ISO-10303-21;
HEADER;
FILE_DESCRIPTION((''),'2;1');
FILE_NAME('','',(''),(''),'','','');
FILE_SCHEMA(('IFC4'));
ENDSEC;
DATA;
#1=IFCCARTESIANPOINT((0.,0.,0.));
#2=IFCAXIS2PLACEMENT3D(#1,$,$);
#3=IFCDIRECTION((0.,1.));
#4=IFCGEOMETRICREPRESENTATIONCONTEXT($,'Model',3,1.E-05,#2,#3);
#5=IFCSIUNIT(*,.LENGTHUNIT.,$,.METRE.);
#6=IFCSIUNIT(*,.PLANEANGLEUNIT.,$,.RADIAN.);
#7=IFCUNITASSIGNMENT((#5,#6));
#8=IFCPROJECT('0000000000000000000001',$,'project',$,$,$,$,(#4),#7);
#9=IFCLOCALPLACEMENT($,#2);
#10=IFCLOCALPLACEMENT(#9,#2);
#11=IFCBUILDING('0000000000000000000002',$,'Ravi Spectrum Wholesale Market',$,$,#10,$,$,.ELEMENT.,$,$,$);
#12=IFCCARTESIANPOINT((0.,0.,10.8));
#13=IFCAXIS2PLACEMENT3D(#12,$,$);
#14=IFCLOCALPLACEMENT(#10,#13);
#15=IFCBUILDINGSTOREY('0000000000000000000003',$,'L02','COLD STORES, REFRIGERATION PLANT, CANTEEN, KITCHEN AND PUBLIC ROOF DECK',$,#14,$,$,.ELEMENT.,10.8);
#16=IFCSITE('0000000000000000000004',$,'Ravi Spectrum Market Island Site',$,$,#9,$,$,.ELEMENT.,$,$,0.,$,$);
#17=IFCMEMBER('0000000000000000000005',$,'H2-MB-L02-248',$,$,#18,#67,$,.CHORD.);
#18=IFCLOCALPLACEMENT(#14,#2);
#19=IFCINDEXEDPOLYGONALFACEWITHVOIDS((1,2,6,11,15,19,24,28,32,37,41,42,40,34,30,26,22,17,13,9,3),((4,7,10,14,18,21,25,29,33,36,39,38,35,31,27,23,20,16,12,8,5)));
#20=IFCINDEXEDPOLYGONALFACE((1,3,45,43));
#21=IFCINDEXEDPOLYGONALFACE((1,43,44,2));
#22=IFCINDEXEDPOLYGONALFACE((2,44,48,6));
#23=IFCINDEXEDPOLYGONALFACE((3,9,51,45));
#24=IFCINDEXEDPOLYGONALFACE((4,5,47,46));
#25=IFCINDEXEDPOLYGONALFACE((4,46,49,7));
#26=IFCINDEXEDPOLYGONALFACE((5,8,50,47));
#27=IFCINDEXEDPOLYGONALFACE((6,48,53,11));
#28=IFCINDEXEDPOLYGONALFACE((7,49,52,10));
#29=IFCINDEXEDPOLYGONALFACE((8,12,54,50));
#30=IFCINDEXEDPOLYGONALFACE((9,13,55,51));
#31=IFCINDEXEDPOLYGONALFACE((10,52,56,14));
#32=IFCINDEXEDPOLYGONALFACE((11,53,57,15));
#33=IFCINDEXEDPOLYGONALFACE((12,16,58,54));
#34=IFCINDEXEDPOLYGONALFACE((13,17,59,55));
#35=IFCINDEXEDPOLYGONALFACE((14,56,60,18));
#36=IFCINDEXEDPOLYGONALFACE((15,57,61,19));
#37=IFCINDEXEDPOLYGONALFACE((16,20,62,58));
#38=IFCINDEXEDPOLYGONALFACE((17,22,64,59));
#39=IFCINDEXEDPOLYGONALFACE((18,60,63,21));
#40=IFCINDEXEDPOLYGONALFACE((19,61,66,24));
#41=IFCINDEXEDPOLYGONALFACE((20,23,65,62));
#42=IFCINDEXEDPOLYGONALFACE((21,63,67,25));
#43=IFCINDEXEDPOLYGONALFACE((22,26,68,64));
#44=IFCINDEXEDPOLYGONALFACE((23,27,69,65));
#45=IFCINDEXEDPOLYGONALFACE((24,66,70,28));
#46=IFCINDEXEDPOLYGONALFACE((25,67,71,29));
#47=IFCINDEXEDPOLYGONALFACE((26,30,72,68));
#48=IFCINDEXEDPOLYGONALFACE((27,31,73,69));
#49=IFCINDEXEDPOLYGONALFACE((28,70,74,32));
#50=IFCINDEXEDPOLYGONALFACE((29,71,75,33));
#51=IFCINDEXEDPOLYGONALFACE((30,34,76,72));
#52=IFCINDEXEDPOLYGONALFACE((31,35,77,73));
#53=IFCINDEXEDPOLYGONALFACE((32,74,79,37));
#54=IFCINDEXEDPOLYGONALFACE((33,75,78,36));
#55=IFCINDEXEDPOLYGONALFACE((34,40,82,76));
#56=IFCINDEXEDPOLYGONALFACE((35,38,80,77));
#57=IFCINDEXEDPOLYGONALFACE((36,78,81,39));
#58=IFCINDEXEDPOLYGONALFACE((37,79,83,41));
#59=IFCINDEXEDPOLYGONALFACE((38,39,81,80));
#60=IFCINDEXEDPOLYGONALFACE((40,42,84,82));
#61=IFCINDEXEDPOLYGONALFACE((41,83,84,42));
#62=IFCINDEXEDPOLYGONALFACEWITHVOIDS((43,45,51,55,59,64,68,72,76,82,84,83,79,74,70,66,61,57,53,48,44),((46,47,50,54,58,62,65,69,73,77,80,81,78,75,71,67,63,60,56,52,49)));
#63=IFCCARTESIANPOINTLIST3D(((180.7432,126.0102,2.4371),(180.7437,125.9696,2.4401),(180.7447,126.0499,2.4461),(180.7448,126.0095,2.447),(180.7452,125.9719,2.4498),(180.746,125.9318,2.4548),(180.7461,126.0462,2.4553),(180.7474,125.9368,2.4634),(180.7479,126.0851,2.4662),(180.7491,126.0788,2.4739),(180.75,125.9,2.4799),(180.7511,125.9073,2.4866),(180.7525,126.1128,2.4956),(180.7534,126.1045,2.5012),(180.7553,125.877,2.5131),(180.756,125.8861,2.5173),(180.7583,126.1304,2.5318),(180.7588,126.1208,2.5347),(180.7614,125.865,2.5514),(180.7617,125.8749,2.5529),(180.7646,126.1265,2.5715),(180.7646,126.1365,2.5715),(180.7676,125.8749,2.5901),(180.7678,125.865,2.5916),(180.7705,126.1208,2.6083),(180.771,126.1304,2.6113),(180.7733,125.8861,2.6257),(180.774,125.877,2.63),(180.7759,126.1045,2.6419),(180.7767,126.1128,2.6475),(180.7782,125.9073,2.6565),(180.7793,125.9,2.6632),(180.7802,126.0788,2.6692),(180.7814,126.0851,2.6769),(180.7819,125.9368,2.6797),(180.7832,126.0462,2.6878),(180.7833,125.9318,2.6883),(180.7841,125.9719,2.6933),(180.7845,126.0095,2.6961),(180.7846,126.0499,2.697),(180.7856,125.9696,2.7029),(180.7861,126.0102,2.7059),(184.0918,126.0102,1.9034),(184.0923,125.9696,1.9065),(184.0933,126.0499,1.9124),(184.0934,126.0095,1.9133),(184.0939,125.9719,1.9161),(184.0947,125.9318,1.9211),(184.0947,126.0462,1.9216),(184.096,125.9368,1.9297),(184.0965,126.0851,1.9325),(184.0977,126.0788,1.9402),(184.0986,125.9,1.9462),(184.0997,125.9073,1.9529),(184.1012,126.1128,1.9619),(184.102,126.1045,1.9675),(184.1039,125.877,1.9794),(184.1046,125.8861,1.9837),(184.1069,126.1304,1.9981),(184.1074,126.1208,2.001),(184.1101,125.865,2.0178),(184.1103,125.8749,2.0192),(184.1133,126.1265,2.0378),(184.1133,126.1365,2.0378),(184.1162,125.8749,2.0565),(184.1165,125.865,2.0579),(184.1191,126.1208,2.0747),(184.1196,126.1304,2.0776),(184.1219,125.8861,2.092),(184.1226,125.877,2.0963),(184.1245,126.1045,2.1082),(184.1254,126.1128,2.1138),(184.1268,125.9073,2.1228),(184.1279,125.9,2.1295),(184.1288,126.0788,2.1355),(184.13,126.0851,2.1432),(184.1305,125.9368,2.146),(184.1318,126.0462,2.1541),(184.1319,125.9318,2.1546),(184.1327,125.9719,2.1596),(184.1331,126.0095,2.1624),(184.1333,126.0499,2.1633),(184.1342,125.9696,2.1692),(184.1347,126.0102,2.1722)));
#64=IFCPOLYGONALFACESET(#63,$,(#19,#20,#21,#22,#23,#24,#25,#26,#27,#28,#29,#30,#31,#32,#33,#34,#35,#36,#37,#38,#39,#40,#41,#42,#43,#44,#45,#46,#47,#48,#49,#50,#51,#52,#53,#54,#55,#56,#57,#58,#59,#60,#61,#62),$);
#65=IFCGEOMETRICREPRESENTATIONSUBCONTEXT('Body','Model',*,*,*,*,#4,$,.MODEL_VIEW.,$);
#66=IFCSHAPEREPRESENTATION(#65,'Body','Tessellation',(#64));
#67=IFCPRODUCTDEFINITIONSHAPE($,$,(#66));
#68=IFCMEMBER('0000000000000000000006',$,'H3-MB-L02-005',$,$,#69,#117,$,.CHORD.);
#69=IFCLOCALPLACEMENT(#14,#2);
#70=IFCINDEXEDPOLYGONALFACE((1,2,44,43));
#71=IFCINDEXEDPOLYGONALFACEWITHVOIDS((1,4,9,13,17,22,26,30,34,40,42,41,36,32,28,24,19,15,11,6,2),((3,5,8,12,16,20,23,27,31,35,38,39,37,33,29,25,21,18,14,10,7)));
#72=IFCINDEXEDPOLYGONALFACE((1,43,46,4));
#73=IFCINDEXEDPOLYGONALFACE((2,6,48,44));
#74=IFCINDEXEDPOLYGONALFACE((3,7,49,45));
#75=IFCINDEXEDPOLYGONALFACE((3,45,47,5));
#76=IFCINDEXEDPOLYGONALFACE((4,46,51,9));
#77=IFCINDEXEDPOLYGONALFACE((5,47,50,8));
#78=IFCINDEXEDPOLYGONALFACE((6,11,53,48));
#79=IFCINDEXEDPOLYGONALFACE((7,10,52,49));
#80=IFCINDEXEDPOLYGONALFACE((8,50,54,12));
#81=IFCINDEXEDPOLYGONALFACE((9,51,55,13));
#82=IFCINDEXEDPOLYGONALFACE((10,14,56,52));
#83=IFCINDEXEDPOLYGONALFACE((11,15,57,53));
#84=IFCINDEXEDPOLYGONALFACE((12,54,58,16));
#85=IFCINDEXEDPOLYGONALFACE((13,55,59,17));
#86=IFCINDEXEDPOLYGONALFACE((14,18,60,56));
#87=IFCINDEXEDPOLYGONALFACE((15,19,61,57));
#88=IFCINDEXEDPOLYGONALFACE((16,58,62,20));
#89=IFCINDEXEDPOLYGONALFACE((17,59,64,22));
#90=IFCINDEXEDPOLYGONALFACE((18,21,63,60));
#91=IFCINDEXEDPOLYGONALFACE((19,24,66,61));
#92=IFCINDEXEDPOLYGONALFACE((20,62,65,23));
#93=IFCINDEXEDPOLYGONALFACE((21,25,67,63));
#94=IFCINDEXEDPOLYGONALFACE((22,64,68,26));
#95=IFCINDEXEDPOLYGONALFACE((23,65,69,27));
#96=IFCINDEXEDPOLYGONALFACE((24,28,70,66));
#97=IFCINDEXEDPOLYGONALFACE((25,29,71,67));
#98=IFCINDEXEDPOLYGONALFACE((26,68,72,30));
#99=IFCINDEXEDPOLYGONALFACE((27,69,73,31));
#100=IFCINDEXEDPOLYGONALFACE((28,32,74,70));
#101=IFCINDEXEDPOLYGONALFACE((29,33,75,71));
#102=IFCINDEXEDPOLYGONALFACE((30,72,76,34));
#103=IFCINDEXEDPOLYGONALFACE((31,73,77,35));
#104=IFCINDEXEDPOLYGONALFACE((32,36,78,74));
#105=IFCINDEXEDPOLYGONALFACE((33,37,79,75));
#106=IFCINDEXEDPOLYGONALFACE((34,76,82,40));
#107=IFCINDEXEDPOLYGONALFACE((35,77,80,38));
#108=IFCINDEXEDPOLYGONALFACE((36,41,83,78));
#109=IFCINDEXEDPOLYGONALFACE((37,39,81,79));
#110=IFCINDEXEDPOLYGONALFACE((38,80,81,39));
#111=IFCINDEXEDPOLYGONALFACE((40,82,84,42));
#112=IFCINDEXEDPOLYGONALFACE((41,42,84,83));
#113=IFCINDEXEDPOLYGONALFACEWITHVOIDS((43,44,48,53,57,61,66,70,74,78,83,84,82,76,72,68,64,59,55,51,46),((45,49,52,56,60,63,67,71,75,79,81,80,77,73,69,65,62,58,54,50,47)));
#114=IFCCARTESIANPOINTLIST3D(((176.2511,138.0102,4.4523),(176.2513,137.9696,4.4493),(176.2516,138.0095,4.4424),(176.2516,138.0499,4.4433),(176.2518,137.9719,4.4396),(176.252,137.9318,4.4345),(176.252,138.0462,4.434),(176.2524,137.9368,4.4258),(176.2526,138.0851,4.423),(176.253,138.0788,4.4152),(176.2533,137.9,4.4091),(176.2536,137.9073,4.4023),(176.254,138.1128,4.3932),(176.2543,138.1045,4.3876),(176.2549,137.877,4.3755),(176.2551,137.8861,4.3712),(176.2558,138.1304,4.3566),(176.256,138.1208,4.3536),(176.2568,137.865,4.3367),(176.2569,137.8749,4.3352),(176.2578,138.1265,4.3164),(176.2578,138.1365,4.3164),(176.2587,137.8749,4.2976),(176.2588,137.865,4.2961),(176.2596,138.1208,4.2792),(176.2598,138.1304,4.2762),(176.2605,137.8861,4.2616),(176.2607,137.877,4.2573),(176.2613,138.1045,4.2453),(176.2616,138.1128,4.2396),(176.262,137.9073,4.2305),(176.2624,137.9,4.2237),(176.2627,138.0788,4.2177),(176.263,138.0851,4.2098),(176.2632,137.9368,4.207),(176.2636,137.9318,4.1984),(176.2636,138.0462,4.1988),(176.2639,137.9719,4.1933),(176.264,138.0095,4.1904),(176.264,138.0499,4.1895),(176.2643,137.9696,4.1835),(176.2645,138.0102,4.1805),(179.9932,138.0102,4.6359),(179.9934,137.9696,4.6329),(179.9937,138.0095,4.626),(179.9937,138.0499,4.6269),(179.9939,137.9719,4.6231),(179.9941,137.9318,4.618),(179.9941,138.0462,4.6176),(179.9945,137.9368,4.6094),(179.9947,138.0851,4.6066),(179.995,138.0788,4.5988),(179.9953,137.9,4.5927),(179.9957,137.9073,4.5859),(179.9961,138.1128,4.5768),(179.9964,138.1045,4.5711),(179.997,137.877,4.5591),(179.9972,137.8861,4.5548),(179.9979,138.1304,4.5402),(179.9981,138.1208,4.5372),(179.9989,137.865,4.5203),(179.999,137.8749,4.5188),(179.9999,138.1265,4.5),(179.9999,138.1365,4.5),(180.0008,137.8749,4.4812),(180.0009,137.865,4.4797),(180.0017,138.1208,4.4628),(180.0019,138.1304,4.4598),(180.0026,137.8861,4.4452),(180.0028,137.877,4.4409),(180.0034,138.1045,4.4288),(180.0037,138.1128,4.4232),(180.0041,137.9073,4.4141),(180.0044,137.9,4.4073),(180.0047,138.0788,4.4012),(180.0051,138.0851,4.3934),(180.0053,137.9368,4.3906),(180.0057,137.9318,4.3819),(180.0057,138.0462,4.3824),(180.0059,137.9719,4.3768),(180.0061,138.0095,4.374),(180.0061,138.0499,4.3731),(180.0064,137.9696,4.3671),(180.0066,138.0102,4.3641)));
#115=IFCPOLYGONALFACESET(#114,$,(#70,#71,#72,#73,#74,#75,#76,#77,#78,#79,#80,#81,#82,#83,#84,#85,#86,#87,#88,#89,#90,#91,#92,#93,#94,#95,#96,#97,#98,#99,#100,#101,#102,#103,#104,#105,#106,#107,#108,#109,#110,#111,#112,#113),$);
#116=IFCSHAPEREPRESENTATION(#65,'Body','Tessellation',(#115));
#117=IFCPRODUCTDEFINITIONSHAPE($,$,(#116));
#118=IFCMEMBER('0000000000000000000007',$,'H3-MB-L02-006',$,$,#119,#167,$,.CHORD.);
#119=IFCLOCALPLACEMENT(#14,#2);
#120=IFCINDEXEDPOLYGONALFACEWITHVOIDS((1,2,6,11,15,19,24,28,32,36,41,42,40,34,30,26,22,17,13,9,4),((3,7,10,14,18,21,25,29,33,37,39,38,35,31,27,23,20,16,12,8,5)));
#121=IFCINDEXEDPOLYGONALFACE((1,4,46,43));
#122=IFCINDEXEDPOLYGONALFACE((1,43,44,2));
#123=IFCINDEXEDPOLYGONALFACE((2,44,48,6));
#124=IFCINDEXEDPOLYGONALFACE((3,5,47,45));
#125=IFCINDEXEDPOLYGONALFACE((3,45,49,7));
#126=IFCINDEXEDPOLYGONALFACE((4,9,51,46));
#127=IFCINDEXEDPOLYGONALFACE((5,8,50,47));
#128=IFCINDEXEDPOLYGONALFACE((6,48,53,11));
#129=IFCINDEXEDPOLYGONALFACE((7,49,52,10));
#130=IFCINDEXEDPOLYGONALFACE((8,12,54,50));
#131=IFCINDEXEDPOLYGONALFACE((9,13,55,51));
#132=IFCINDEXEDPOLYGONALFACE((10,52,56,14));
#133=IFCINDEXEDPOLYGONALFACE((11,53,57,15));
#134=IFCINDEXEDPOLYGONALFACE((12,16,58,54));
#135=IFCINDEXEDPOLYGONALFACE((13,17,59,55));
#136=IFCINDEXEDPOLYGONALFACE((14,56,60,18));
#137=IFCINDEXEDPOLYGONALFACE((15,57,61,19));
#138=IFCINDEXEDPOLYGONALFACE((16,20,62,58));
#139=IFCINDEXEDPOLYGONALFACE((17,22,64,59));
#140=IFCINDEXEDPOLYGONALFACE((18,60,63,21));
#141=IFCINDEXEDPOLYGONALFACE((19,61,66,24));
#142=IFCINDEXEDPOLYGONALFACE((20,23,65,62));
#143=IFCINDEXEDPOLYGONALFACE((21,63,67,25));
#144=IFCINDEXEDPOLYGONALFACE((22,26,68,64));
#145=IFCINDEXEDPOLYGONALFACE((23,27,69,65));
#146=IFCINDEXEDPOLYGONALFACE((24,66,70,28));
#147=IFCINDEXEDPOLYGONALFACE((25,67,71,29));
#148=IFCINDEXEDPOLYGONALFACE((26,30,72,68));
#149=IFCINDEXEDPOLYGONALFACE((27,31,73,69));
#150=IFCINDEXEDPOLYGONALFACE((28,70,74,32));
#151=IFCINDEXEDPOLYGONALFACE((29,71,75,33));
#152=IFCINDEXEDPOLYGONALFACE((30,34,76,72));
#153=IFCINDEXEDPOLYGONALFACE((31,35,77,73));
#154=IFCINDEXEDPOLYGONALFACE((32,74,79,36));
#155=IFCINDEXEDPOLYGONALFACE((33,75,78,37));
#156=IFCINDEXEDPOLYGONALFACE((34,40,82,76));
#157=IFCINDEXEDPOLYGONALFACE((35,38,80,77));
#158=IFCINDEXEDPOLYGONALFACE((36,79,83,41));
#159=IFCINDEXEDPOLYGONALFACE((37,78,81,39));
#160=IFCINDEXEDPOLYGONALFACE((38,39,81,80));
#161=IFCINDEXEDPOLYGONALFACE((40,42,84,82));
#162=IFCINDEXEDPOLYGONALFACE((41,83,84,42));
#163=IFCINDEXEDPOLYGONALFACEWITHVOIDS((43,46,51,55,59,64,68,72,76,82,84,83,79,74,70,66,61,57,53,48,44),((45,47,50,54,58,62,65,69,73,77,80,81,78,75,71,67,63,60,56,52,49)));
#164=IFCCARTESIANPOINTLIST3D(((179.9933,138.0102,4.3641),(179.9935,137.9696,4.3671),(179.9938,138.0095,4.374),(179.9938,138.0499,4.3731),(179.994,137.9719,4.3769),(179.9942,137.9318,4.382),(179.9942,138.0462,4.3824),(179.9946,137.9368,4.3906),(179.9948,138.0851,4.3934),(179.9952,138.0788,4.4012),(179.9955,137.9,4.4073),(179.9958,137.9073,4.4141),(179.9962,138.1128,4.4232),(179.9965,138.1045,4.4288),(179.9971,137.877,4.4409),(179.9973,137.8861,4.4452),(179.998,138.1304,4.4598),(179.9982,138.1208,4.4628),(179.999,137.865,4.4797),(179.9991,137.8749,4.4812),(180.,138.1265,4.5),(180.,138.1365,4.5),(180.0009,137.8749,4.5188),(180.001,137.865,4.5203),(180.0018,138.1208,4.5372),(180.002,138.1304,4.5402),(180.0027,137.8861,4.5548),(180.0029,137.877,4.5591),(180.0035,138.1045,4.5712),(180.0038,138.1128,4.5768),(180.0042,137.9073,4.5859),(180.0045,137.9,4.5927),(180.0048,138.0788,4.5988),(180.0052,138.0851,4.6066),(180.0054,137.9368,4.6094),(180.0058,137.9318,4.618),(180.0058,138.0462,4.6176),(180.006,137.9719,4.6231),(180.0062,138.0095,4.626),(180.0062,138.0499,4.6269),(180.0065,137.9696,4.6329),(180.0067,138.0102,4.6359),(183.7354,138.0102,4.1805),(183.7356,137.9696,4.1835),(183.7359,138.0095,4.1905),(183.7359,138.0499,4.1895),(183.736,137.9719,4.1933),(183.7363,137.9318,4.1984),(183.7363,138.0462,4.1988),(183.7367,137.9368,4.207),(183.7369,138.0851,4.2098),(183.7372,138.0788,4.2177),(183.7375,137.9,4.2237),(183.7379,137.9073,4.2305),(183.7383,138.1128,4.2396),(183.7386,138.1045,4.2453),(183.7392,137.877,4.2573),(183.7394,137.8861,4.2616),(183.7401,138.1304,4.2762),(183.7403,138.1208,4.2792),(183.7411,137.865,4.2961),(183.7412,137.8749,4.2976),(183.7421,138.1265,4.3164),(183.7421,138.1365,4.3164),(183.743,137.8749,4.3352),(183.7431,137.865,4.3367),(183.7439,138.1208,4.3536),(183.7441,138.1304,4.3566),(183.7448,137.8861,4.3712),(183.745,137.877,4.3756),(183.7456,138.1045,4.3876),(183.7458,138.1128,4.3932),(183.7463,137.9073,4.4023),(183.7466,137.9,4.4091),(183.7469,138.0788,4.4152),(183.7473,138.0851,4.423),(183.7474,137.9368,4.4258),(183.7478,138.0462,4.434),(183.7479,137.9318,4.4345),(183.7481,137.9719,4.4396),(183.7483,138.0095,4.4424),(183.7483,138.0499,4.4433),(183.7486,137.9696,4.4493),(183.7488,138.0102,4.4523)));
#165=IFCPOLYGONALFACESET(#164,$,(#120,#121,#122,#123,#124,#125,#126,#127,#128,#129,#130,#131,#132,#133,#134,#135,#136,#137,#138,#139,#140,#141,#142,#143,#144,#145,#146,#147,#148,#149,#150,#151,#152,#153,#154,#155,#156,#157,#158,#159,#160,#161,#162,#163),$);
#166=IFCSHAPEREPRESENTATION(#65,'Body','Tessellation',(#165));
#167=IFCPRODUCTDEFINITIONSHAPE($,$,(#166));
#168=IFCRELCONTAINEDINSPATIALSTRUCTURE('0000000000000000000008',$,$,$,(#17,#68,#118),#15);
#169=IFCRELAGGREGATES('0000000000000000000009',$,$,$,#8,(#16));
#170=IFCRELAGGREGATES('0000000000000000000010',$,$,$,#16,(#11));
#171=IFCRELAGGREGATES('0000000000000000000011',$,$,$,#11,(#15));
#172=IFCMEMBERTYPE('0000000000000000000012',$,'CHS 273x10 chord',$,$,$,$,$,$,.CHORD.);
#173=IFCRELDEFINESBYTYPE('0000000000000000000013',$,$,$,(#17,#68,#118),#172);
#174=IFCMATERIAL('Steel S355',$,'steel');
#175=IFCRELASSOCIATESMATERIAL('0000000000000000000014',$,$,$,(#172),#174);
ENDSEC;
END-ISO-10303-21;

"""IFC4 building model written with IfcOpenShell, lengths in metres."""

from ifc_helpers import new_model, si_unit, direction, frame, origin, origin_2d, place, context, subcontext, project, spatial, hollow_circle, extrude, material, material_profile, profile_set, type_object, element, save


model = new_model("IFC4")

# Units and contexts
model_context = context("Model", 3, precision=1e-05, world=origin(), true_north=direction((0.0, 1.0)))
body_context = subcontext(model_context, "Body", "Model", "MODEL_VIEW")
ifc_project = project(units=[si_unit("LENGTHUNIT", "METRE"), si_unit("PLANEANGLEUNIT", "RADIAN")], contexts=[model_context])

# Site, building, storey
site_placement = place(None, origin())
site = spatial("IfcSite", under=ifc_project, at=site_placement, Name="Ravi Spectrum Market Island Site", CompositionType="ELEMENT", RefElevation=0.0)
building_placement = place(site_placement, origin())
building = spatial("IfcBuilding", under=site, at=building_placement, Name="Ravi Spectrum Wholesale Market", CompositionType="ELEMENT")
storey_placement = place(building_placement, frame((0.0, 0.0, 10.8)))
storey = spatial("IfcBuildingStorey", under=building, at=storey_placement, Name="L02", Description="COLD STORES, REFRIGERATION PLANT, CANTEEN, KITCHEN AND PUBLIC ROOF DECK", CompositionType="ELEMENT", Elevation=10.8)

# Members
ifc_material_1 = material(Name="Steel S355", Category="steel")
ifc_material_profile_1 = material_profile(ifc_material_1, hollow_circle(Radius=0.1365, WallThickness=0.01, at=origin_2d()))
ifc_profile_set_1 = profile_set([ifc_material_profile_1], Name="Steel S355")
member_type_1 = type_object("IfcMemberType", Name="CHS 273x10 chord", PredefinedType="CHORD", material=ifc_profile_set_1)
member_1_placement = place(storey_placement, frame((180.7646, 126.0, 2.5715), z_axis=(0.987537, 0.0, -0.15739), x_axis=(0.0, 1.0, 0.0)))
element("IfcMember", 1, at=member_1_placement, inside=storey, type_object=member_type_1, Name="H2-MB-L02-248", PredefinedType="CHORD", context=body_context, shape_type="SweptSolid", body=[
    extrude(hollow_circle(Radius=0.1365, WallThickness=0.01, at=origin_2d()), origin(), (0.0, 0.0, 1.0), 3.3909),
])
for number, where, z_axis, x_axis, name in (
    (2, (176.2578, 138.0, 4.3164), (0.998799, 0.0, 0.049002), (0.0, 1.0, 0.0), "H3-MB-L02-005"),
    (3, (180.0, 138.0, 4.5), (0.998799, 0.0, -0.049002), (0.0, 1.0, 0.0), "H3-MB-L02-006"),
):
    element("IfcMember", number, at=place(storey_placement, frame(where, z_axis=z_axis, x_axis=x_axis)), inside=storey, type_object=member_type_1, Name=name, PredefinedType="CHORD", context=body_context, shape_type="SweptSolid", body=[
        extrude(hollow_circle(Radius=0.1365, WallThickness=0.01, at=origin_2d()), origin(), (0.0, 0.0, 1.0), 3.7466),
    ])

save(model, "model.ifc")
